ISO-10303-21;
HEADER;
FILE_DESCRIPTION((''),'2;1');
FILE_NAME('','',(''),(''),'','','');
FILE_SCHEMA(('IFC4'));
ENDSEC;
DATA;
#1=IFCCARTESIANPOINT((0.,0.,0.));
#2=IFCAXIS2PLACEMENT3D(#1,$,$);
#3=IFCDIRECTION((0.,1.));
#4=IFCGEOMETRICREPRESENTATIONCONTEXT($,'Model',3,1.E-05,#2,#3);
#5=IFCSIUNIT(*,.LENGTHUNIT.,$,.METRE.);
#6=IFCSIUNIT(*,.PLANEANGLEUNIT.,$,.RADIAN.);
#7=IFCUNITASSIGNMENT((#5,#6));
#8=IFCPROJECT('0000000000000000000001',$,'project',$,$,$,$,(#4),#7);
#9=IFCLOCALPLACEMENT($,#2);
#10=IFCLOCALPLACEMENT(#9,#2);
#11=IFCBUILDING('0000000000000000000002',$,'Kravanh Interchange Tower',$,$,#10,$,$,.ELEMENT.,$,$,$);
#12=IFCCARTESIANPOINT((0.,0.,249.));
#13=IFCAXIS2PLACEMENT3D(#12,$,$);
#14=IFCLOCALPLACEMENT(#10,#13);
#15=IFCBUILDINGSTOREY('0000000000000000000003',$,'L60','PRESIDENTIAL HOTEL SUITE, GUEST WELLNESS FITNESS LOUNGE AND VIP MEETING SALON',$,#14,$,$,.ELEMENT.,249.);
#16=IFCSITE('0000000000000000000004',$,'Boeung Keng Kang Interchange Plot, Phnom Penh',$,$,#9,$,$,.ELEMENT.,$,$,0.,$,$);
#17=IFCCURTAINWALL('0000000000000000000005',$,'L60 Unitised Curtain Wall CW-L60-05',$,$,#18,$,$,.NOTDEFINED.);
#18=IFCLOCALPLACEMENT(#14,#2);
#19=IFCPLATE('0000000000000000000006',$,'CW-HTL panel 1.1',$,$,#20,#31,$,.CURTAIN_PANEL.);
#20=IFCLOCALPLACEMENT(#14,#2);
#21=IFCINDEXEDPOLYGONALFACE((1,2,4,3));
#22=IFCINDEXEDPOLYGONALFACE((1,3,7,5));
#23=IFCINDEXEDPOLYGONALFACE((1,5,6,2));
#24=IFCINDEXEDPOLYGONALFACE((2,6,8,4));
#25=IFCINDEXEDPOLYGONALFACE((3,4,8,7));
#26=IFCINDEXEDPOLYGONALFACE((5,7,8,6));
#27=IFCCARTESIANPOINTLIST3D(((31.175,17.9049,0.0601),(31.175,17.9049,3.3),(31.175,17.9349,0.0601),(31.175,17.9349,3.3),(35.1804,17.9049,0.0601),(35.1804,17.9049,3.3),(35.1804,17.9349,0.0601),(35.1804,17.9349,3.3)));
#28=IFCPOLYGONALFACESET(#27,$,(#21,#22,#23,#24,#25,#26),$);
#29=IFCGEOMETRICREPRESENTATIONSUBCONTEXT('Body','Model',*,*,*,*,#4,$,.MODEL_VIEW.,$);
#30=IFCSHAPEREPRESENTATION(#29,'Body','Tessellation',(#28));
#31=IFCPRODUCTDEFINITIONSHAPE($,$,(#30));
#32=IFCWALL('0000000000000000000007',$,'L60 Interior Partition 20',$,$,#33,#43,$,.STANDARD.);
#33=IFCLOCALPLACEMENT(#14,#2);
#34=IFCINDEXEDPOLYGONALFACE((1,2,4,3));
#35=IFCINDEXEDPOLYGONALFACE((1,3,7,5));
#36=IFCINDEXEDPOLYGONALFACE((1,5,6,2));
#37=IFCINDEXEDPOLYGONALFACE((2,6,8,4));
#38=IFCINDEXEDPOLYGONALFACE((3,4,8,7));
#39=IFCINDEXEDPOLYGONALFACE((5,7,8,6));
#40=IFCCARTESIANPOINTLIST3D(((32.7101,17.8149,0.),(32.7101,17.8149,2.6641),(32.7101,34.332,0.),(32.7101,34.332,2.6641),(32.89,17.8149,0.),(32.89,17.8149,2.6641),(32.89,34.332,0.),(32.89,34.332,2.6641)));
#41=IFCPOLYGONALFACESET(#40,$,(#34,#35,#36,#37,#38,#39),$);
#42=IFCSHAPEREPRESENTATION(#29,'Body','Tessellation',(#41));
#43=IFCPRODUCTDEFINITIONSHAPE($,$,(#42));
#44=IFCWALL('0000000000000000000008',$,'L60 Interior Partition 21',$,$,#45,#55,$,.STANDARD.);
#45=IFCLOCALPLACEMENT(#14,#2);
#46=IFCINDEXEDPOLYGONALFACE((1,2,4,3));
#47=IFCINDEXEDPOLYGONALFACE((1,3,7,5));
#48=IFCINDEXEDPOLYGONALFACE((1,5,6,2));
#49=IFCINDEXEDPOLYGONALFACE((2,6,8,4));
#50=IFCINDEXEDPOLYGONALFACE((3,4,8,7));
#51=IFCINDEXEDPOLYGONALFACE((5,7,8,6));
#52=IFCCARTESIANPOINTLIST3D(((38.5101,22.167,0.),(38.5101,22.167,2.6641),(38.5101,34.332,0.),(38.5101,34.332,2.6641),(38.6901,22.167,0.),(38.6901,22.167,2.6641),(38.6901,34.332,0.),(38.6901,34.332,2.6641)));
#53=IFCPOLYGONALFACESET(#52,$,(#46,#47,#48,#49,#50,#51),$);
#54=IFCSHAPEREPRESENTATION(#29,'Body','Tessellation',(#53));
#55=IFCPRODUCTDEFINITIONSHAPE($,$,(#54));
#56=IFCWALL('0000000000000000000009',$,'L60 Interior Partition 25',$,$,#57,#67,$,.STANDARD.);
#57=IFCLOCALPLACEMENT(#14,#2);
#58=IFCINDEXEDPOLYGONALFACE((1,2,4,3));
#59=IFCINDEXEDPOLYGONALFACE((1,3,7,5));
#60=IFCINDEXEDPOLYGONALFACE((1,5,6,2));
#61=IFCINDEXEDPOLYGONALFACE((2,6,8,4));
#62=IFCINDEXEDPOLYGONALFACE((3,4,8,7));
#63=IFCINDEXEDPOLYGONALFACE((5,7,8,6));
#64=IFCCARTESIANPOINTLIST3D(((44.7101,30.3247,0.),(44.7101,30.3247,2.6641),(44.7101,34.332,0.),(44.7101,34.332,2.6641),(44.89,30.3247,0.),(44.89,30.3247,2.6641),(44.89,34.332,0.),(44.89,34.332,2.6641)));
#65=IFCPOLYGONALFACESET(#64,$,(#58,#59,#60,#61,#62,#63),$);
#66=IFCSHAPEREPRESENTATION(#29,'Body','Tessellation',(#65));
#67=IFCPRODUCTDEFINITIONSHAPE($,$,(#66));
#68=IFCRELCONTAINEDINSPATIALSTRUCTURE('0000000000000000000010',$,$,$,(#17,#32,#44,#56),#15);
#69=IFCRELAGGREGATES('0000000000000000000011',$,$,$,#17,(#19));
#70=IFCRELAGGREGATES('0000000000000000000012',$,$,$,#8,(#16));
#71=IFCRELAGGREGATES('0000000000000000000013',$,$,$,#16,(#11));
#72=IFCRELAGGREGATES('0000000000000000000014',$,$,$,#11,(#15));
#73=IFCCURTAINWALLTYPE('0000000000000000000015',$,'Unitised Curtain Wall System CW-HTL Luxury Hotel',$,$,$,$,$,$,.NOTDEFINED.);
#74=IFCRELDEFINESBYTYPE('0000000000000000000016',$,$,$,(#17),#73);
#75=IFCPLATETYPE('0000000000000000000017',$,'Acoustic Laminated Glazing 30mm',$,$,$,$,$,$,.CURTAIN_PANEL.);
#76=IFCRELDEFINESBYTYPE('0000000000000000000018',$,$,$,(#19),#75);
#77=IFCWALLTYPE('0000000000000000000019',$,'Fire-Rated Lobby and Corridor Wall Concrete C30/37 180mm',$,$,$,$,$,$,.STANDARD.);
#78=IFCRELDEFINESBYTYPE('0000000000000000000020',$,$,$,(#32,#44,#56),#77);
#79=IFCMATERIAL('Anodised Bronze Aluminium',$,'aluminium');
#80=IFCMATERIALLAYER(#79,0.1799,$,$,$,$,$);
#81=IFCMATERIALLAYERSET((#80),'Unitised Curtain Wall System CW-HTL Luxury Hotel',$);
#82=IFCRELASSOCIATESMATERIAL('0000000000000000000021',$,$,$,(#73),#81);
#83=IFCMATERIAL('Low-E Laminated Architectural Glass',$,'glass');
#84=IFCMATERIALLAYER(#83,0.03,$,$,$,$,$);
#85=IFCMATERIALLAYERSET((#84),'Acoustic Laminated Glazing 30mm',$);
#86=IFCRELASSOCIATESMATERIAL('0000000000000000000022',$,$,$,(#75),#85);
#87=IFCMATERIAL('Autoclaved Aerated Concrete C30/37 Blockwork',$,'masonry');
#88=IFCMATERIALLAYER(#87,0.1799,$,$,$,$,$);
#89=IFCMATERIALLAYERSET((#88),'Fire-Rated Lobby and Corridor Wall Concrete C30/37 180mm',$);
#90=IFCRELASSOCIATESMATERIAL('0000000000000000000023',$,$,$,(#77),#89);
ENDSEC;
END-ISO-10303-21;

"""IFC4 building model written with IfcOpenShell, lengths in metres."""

from ifc_helpers import new_model, si_unit, direction, frame, frame_2d, origin, origin_2d, place, context, subcontext, project, spatial, rectangle, extrude, material, layer, layer_set, type_object, element, aggregate, save


model = new_model("IFC4")

# Units and contexts
model_context = context("Model", 3, precision=1e-05, world=origin(), true_north=direction((0.0, 1.0)))
body_context = subcontext(model_context, "Body", "Model", "MODEL_VIEW")
ifc_project = project(units=[si_unit("LENGTHUNIT", "METRE"), si_unit("PLANEANGLEUNIT", "RADIAN")], contexts=[model_context])

# Site, building, storey
site_placement = place(None, origin())
site = spatial("IfcSite", under=ifc_project, at=site_placement, Name="Boeung Keng Kang Interchange Plot, Phnom Penh", CompositionType="ELEMENT", RefElevation=0.0)
building_placement = place(site_placement, origin())
building = spatial("IfcBuilding", under=site, at=building_placement, Name="Kravanh Interchange Tower", CompositionType="ELEMENT")
storey_placement = place(building_placement, frame((0.0, 0.0, 249.0)))
storey = spatial("IfcBuildingStorey", under=building, at=storey_placement, Name="L60", Description="PRESIDENTIAL HOTEL SUITE, GUEST WELLNESS FITNESS LOUNGE AND VIP MEETING SALON", CompositionType="ELEMENT", Elevation=249.0)

# Shared definitions
ifc_material_1 = material(Name="Anodised Bronze Aluminium", Category="aluminium")
ifc_layer_1 = layer(ifc_material_1, 0.1799)
ifc_layer_set_1 = layer_set([ifc_layer_1], Name="Unitised Curtain Wall System CW-HTL Luxury Hotel")
curtain_wall_type = type_object("IfcCurtainWallType", Name="Unitised Curtain Wall System CW-HTL Luxury Hotel", PredefinedType="NOTDEFINED", material=ifc_layer_set_1)

# Curtain wall
curtain_wall_1_placement = place(storey_placement, origin())
curtain_wall_1 = element("IfcCurtainWall", 1, at=curtain_wall_1_placement, inside=storey, type_object=curtain_wall_type, Name="L60 Unitised Curtain Wall CW-L60-05", PredefinedType="NOTDEFINED")

# Plate
ifc_material_2 = material(Name="Low-E Laminated Architectural Glass", Category="glass")
ifc_layer_2 = layer(ifc_material_2, 0.03)
ifc_layer_set_2 = layer_set([ifc_layer_2], Name="Acoustic Laminated Glazing 30mm")
plate_type = type_object("IfcPlateType", Name="Acoustic Laminated Glazing 30mm", PredefinedType="CURTAIN_PANEL", material=ifc_layer_set_2)
plate_1_placement = place(storey_placement, frame((33.1777, 17.9199, 0.0601), z_axis=(0.0, 0.0, 1.0), x_axis=(-1.0, 0.0, 0.0)))
plate_1 = element("IfcPlate", 2, at=plate_1_placement, type_object=plate_type, Name="CW-HTL panel 1.1", PredefinedType="CURTAIN_PANEL", context=body_context, shape_type="SweptSolid", body=[
    extrude(rectangle(XDim=4.0054, YDim=0.03, at=origin_2d()), origin(), (0.0, 0.0, 1.0), 3.24),
])
aggregate(curtain_wall_1, [plate_1])

# Walls
ifc_material_3 = material(Name="Autoclaved Aerated Concrete C30/37 Blockwork", Category="masonry")
ifc_layer_3 = layer(ifc_material_3, 0.1799)
ifc_layer_set_3 = layer_set([ifc_layer_3], Name="Fire-Rated Lobby and Corridor Wall Concrete C30/37 180mm")
wall_type_1 = type_object("IfcWallType", Name="Fire-Rated Lobby and Corridor Wall Concrete C30/37 180mm", PredefinedType="STANDARD", material=ifc_layer_set_3)
wall_1_placement = place(storey_placement, frame((32.8, 17.8149, 0.0), z_axis=(0.0, 0.0, 1.0), x_axis=(0.0, 1.0, 0.0)))
element("IfcWall", 3, at=wall_1_placement, inside=storey, type_object=wall_type_1, Name="L60 Interior Partition 20", PredefinedType="STANDARD", context=body_context, shape_type="SweptSolid", body=[
    extrude(rectangle(XDim=16.5171, YDim=0.1799, at=frame_2d((8.2585, 0.0))), origin(), (0.0, 0.0, 1.0), 2.6641),
])
wall_2_placement = place(storey_placement, frame((38.6001, 22.167, 0.0), z_axis=(0.0, 0.0, 1.0), x_axis=(0.0, 1.0, 0.0)))
element("IfcWall", 4, at=wall_2_placement, inside=storey, type_object=wall_type_1, Name="L60 Interior Partition 21", PredefinedType="STANDARD", context=body_context, shape_type="SweptSolid", body=[
    extrude(rectangle(XDim=12.165, YDim=0.1799, at=frame_2d((6.0825, 0.0))), origin(), (0.0, 0.0, 1.0), 2.6641),
])
wall_3_placement = place(storey_placement, frame((44.8, 30.3247, 0.0), z_axis=(0.0, 0.0, 1.0), x_axis=(0.0, 1.0, 0.0)))
element("IfcWall", 5, at=wall_3_placement, inside=storey, type_object=wall_type_1, Name="L60 Interior Partition 25", PredefinedType="STANDARD", context=body_context, shape_type="SweptSolid", body=[
    extrude(rectangle(XDim=4.0073, YDim=0.1799, at=frame_2d((2.0037, 0.0))), origin(), (0.0, 0.0, 1.0), 2.6641),
])

save(model, "model.ifc")
